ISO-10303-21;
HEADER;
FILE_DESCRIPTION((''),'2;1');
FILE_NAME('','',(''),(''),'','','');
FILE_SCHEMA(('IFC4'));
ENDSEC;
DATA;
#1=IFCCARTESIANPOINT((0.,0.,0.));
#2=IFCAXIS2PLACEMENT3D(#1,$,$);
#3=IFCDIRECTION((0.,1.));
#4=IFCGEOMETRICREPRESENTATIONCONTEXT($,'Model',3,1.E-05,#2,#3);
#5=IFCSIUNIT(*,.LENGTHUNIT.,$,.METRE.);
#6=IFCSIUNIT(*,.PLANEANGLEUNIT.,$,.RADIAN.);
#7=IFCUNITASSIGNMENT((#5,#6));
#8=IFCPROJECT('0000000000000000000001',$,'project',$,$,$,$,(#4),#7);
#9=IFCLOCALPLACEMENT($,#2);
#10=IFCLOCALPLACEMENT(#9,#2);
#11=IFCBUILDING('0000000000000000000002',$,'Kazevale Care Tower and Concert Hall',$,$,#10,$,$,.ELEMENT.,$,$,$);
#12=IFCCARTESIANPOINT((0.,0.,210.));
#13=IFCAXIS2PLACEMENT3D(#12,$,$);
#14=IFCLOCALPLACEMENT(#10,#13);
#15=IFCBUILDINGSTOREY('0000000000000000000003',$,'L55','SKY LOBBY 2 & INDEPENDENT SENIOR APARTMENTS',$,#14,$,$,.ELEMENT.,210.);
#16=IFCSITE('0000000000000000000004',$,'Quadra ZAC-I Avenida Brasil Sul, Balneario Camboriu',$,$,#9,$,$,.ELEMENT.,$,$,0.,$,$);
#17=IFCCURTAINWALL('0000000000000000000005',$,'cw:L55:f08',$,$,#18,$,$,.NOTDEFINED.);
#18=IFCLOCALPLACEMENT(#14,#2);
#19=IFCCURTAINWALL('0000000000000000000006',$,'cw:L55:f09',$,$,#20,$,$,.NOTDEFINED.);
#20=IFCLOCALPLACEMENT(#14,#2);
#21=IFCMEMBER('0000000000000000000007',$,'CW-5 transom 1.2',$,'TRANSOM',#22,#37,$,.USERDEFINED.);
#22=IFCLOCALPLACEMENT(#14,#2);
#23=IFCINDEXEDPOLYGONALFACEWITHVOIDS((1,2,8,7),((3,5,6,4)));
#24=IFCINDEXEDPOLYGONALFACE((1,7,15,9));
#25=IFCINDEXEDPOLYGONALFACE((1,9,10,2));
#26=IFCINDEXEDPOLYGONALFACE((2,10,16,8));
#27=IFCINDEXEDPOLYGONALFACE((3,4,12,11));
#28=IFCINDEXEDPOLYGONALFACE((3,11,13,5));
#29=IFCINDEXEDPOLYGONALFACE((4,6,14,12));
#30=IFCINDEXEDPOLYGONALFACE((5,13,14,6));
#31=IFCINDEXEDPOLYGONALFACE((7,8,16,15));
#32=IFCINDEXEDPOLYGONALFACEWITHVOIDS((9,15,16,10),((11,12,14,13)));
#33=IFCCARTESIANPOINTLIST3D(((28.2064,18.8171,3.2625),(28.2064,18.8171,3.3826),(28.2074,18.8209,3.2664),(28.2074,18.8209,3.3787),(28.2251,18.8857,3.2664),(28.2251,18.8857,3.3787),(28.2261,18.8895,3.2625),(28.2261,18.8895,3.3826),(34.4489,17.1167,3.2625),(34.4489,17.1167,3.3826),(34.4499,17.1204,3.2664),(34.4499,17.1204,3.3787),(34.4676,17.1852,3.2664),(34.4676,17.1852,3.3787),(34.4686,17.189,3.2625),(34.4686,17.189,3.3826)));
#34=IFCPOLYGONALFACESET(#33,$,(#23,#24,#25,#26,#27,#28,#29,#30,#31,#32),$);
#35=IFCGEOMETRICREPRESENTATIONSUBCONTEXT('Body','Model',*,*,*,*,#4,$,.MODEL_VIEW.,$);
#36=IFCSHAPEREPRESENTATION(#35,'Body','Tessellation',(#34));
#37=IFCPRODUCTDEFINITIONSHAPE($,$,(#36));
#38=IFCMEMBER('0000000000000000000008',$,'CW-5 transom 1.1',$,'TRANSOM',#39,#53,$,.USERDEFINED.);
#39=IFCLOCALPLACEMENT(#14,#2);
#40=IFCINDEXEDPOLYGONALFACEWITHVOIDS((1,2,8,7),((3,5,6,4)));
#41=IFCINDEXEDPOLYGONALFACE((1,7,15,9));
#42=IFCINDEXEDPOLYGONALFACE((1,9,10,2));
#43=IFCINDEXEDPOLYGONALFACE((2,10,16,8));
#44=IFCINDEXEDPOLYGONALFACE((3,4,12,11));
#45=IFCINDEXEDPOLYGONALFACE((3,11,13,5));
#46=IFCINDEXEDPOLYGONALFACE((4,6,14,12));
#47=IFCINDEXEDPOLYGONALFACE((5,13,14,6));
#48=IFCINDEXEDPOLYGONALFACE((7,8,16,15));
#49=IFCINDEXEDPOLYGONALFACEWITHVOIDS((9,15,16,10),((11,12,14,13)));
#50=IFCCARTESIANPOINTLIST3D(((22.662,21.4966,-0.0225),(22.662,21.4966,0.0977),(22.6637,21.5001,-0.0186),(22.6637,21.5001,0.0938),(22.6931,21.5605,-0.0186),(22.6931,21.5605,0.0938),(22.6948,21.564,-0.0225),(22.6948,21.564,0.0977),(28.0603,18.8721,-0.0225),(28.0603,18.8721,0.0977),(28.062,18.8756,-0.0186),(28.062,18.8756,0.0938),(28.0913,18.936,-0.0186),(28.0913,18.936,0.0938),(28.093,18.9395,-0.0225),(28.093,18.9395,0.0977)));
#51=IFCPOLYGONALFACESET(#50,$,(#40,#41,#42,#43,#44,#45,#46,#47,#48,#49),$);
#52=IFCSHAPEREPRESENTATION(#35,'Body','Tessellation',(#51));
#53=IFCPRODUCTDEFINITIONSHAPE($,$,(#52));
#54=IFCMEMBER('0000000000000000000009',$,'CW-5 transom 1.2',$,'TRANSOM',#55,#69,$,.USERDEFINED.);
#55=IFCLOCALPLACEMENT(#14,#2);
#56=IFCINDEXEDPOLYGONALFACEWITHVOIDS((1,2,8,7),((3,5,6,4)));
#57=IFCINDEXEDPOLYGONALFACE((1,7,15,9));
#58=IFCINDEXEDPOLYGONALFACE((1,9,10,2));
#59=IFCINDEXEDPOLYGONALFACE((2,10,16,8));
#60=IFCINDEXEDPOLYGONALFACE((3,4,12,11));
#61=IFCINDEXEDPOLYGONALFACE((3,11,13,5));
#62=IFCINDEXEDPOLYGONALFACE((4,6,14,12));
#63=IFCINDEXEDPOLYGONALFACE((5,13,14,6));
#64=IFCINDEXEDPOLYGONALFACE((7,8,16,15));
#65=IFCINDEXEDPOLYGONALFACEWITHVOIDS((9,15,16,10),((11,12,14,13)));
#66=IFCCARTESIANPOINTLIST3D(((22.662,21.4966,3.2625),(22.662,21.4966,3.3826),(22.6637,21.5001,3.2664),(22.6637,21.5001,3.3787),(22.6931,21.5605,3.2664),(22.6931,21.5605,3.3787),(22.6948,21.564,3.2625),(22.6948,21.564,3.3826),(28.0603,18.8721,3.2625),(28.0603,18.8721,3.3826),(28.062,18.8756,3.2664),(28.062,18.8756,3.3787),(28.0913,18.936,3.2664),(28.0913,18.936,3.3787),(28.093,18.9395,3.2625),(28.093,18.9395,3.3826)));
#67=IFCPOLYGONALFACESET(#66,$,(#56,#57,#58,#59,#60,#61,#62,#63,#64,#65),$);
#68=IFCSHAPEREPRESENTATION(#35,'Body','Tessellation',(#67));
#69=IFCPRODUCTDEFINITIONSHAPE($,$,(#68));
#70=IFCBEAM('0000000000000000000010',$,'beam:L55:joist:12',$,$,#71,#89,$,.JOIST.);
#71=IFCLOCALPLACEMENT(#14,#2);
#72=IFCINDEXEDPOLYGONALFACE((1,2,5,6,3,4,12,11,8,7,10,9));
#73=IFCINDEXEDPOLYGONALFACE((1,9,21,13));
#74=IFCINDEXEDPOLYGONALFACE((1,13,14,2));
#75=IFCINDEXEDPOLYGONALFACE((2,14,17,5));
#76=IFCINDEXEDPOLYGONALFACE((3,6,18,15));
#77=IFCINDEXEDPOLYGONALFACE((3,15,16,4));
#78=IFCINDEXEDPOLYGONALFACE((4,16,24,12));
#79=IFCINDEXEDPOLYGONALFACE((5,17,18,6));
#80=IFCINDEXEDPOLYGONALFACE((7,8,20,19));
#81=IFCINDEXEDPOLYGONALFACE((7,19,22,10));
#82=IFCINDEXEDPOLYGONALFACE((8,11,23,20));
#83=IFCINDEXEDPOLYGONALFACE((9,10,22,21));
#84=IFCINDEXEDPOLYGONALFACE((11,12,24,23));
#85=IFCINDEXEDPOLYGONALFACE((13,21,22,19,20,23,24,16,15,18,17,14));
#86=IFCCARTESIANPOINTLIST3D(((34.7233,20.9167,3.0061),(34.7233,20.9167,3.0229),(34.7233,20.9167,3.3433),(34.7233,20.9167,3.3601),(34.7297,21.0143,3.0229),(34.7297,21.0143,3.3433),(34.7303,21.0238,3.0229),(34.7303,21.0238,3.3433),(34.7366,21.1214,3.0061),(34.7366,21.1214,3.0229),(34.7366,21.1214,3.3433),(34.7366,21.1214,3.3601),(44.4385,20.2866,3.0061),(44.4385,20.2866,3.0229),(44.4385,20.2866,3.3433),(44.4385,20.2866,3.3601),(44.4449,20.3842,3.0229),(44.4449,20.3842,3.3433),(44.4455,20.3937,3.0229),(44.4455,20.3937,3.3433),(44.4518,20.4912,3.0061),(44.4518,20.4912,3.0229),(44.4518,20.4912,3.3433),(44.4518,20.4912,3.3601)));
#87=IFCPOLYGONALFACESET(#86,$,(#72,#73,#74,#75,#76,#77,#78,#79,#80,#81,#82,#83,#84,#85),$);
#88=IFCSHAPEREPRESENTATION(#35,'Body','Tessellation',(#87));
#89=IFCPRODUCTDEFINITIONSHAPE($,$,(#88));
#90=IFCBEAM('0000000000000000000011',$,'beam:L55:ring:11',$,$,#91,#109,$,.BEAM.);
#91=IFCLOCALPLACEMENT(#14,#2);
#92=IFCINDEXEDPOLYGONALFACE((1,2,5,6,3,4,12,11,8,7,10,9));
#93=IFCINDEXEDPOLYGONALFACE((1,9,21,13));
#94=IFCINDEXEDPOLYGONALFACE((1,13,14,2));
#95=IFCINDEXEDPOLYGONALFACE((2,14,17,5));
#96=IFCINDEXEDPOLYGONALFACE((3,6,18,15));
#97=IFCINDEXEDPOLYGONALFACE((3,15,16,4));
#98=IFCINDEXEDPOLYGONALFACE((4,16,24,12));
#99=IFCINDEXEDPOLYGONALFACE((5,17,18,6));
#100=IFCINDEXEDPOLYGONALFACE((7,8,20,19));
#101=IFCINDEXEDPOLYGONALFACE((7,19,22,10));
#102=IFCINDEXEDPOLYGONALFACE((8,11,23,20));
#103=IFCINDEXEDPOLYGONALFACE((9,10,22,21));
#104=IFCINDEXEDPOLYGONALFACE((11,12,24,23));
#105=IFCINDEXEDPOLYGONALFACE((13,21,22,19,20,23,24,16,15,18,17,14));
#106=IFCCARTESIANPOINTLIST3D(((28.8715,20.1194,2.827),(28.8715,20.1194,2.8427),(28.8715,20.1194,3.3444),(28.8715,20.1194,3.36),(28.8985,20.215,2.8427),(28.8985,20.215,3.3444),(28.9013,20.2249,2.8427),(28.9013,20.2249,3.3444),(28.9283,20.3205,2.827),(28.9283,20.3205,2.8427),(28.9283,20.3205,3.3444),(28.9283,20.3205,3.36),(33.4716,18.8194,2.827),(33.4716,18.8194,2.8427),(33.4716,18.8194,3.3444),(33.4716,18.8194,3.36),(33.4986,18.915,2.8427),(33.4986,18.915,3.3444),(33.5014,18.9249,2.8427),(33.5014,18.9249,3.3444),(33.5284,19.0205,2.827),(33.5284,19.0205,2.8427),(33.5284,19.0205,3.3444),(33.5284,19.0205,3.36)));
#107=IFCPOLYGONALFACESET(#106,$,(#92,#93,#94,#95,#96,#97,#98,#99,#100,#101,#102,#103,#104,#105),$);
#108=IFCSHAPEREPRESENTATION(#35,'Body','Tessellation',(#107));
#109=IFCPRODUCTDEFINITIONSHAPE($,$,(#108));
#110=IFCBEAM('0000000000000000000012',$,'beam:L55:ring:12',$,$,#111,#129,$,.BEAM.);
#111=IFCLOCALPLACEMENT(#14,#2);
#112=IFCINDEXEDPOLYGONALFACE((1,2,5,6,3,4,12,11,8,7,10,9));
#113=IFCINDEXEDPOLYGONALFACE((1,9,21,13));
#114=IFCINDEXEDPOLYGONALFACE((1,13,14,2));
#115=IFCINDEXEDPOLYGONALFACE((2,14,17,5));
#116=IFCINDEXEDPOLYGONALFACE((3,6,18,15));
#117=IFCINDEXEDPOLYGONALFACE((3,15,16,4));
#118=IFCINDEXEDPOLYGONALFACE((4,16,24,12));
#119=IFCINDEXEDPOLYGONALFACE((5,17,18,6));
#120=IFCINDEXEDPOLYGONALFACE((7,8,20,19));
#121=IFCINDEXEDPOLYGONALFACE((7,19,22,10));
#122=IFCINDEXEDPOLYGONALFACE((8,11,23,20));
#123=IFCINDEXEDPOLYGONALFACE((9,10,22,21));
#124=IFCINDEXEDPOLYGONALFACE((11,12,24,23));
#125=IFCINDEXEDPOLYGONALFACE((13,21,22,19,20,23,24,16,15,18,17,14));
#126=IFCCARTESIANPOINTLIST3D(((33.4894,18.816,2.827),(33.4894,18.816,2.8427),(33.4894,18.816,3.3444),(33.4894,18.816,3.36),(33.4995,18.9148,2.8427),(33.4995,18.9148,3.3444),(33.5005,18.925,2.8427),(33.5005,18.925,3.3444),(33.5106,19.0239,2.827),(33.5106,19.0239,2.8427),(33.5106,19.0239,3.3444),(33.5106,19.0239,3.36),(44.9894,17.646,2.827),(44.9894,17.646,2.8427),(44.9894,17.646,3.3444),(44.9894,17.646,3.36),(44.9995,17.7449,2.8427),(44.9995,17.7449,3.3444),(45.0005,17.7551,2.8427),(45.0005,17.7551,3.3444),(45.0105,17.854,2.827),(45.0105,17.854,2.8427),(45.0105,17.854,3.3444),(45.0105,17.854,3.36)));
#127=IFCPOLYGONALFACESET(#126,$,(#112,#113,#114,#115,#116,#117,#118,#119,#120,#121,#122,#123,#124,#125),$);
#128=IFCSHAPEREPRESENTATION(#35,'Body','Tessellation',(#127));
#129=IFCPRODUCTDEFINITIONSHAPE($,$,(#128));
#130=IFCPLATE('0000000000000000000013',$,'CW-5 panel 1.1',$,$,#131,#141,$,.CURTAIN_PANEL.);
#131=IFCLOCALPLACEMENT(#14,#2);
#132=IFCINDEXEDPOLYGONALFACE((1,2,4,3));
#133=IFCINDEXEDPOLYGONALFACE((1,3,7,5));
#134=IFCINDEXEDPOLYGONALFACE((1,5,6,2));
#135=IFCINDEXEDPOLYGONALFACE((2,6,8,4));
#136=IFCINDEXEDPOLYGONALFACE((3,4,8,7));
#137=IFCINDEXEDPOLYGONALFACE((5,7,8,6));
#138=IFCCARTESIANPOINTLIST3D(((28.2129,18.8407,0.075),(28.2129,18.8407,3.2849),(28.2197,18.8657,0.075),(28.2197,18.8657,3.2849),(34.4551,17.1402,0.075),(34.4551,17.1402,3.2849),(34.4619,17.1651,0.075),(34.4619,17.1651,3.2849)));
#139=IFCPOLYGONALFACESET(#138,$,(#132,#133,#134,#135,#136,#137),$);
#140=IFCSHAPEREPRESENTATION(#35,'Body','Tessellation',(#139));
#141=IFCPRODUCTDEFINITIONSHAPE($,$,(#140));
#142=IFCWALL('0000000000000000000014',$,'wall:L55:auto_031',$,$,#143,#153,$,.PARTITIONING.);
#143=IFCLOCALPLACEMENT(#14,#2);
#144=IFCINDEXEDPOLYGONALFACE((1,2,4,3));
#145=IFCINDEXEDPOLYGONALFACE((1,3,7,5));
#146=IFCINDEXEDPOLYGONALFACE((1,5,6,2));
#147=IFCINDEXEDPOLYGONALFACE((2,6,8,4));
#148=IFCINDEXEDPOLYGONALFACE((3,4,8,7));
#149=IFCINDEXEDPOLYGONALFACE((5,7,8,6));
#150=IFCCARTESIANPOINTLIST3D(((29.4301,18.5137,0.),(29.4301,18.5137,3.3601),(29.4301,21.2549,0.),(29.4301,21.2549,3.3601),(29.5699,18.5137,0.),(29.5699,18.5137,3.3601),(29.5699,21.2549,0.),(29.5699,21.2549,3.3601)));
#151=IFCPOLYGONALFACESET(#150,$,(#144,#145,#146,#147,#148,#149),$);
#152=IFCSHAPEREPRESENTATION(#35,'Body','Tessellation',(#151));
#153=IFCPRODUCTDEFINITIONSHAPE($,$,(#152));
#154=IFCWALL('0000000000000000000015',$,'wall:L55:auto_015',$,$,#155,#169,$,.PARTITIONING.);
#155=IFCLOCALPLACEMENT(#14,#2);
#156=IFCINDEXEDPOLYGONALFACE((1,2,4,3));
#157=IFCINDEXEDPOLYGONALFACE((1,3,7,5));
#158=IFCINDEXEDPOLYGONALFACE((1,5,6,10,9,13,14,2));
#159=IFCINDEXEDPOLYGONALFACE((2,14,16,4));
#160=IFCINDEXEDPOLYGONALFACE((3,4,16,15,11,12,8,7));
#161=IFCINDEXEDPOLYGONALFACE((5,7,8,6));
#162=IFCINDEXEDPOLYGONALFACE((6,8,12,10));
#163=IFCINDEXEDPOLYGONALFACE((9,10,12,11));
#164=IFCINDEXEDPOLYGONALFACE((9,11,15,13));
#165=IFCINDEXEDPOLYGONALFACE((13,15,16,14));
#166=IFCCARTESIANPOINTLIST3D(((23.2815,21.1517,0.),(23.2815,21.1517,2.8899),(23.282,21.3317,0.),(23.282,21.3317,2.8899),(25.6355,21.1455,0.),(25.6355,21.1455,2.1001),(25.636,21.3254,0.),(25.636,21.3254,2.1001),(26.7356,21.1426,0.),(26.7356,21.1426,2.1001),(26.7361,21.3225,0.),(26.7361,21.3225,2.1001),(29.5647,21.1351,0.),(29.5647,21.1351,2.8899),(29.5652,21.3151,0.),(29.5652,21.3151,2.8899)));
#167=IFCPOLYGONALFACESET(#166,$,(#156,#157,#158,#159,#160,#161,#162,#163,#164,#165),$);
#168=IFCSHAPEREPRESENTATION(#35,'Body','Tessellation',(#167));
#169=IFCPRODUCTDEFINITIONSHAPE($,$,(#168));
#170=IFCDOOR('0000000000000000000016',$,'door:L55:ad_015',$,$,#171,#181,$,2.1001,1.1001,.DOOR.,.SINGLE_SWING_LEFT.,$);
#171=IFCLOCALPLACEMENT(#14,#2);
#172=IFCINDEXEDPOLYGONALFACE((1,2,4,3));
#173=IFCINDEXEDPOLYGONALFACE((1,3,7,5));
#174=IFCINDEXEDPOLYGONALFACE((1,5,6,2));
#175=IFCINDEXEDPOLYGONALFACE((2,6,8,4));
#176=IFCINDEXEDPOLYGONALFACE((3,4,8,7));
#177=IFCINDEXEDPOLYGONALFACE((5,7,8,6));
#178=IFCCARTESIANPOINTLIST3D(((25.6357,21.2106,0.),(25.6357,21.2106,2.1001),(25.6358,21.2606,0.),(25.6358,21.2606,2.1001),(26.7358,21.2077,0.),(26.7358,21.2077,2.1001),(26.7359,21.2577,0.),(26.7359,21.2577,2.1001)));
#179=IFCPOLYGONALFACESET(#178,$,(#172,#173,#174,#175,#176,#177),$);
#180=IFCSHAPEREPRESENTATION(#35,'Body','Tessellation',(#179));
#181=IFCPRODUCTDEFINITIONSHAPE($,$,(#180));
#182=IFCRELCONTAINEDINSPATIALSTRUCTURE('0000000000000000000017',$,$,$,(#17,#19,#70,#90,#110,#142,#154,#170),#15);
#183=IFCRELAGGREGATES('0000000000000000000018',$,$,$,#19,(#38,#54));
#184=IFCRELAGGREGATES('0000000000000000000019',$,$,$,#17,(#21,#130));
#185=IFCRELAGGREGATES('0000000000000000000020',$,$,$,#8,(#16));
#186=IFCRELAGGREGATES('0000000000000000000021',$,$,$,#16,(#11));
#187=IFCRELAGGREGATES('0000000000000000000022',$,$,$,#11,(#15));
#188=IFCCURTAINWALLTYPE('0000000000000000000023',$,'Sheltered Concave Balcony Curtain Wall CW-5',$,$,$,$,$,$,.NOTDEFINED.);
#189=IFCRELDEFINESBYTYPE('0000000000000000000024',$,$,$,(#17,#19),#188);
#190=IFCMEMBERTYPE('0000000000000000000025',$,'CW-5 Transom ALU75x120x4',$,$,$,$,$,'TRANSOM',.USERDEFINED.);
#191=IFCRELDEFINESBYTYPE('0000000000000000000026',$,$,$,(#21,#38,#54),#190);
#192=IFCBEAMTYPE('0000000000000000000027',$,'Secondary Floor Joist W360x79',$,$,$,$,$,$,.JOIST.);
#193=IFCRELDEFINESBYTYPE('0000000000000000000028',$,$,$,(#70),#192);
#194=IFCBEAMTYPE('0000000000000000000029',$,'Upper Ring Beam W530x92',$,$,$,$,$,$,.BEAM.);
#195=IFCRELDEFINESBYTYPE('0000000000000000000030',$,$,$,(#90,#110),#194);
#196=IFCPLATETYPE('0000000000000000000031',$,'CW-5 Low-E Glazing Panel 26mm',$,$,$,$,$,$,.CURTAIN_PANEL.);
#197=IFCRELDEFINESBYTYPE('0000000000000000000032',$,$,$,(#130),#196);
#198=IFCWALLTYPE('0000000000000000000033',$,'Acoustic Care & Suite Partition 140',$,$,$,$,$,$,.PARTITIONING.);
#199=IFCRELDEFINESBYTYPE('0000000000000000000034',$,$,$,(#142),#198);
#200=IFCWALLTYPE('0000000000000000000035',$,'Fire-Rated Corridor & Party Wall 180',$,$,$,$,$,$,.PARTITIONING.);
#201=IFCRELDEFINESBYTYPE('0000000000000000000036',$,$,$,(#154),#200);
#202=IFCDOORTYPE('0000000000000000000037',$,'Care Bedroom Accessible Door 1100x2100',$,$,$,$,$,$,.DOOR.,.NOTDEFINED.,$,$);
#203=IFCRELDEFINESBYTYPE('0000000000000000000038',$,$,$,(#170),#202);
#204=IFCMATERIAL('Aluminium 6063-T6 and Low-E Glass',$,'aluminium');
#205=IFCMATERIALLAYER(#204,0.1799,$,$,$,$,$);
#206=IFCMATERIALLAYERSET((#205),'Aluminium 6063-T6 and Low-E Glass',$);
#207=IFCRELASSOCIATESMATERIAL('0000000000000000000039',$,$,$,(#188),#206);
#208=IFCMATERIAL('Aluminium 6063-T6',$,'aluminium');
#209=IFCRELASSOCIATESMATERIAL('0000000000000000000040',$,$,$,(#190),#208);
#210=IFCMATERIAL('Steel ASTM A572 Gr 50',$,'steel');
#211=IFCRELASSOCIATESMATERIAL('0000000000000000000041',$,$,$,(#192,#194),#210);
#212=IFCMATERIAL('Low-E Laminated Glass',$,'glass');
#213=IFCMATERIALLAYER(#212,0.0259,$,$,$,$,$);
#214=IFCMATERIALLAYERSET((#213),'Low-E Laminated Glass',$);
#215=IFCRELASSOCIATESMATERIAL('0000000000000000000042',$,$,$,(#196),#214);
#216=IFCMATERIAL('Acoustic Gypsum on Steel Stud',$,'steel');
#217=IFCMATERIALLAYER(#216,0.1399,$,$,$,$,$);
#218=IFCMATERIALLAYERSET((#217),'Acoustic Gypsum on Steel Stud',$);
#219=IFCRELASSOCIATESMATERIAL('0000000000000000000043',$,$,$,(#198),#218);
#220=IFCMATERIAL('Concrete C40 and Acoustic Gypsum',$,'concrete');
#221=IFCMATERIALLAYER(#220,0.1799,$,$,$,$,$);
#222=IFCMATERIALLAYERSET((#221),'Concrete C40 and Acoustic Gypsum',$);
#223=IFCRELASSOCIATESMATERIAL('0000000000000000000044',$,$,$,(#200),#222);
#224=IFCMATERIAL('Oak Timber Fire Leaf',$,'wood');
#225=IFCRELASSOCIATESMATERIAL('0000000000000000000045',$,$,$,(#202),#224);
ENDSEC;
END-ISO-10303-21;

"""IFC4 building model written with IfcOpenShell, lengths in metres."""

from ifc_helpers import new_model, si_unit, direction, frame, frame_2d, origin, origin_2d, place, context, subcontext, project, spatial, rectangle, hollow_rectangle, i_section, extrude, material, layer, layer_set, material_profile, profile_set, type_object, element, fill, aggregate, save


model = new_model("IFC4")

# Units and contexts
model_context = context("Model", 3, precision=1e-05, world=origin(), true_north=direction((0.0, 1.0)))
body_context = subcontext(model_context, "Body", "Model", "MODEL_VIEW")
ifc_project = project(units=[si_unit("LENGTHUNIT", "METRE"), si_unit("PLANEANGLEUNIT", "RADIAN")], contexts=[model_context])

# Site, building, storey
site_placement = place(None, origin())
site = spatial("IfcSite", under=ifc_project, at=site_placement, Name="Quadra ZAC-I Avenida Brasil Sul, Balneario Camboriu", CompositionType="ELEMENT", RefElevation=0.0)
building_placement = place(site_placement, origin())
building = spatial("IfcBuilding", under=site, at=building_placement, Name="Kazevale Care Tower and Concert Hall", CompositionType="ELEMENT")
storey_placement = place(building_placement, frame((0.0, 0.0, 210.0)))
storey = spatial("IfcBuildingStorey", under=building, at=storey_placement, Name="L55", Description="SKY LOBBY 2 & INDEPENDENT SENIOR APARTMENTS", CompositionType="ELEMENT", Elevation=210.0)

# Shared definitions
ifc_material_1 = material(Name="Aluminium 6063-T6 and Low-E Glass", Category="aluminium")
ifc_layer_1 = layer(ifc_material_1, 0.1799)
ifc_layer_set_1 = layer_set([ifc_layer_1], Name="Aluminium 6063-T6 and Low-E Glass")
curtain_wall_type = type_object("IfcCurtainWallType", Name="Sheltered Concave Balcony Curtain Wall CW-5", PredefinedType="NOTDEFINED", material=ifc_layer_set_1)
ifc_material_2 = material(Name="Aluminium 6063-T6", Category="aluminium")

# Curtain wall
curtain_wall_1_placement = place(storey_placement, origin())
curtain_wall_1 = element("IfcCurtainWall", 1, at=curtain_wall_1_placement, inside=storey, type_object=curtain_wall_type, Name="cw:L55:f08", PredefinedType="NOTDEFINED")

# Curtain wall
curtain_wall_2_placement = place(storey_placement, origin())
curtain_wall_2 = element("IfcCurtainWall", 2, at=curtain_wall_2_placement, inside=storey, type_object=curtain_wall_type, Name="cw:L55:f09", PredefinedType="NOTDEFINED")

# Members
ifc_material_profile_1 = material_profile(ifc_material_2, hollow_rectangle(XDim=0.075, YDim=0.1201, WallThickness=0.0039, at=origin_2d()), Name="ALU75x120x4")
ifc_profile_set_1 = profile_set([ifc_material_profile_1], Name="Aluminium 6063-T6")
member_type_1 = type_object("IfcMemberType", Name="CW-5 Transom ALU75x120x4", ElementType="TRANSOM", PredefinedType="USERDEFINED", material=ifc_profile_set_1)
member_1_placement = place(storey_placement, frame((34.4587, 17.1528, 3.3225), z_axis=(-0.964844, 0.262824, 0.0), x_axis=(-0.262824, -0.964844, 0.0)))
member_1 = element("IfcMember", 3, at=member_1_placement, type_object=member_type_1, Name="CW-5 transom 1.2", ObjectType="TRANSOM", PredefinedType="USERDEFINED", context=body_context, shape_type="SweptSolid", body=[
    extrude(hollow_rectangle(XDim=0.075, YDim=0.1201, WallThickness=0.0039, at=origin_2d()), origin(), (0.0, 0.0, 1.0), 6.47),
])
member_2_placement = place(storey_placement, frame((28.0767, 18.9058, 0.0376), z_axis=(-0.899342, 0.437245, 0.0), x_axis=(-0.437245, -0.899342, 0.0)))
member_2 = element("IfcMember", 4, at=member_2_placement, type_object=member_type_1, Name="CW-5 transom 1.1", ObjectType="TRANSOM", PredefinedType="USERDEFINED", context=body_context, shape_type="SweptSolid", body=[
    extrude(hollow_rectangle(XDim=0.075, YDim=0.1201, WallThickness=0.0039, at=origin_2d()), origin(), (0.0, 0.0, 1.0), 6.0024),
])
member_3_placement = place(storey_placement, frame((28.0767, 18.9058, 3.3225), z_axis=(-0.899342, 0.437245, 0.0), x_axis=(-0.437245, -0.899342, 0.0)))
member_3 = element("IfcMember", 5, at=member_3_placement, type_object=member_type_1, Name="CW-5 transom 1.2", ObjectType="TRANSOM", PredefinedType="USERDEFINED", context=body_context, shape_type="SweptSolid", body=[
    extrude(hollow_rectangle(XDim=0.075, YDim=0.1201, WallThickness=0.0039, at=origin_2d()), origin(), (0.0, 0.0, 1.0), 6.0024),
])
aggregate(curtain_wall_2, [member_2, member_3])

# Beams
ifc_material_3 = material(Name="Steel ASTM A572 Gr 50", Category="steel")
ifc_material_profile_2 = material_profile(ifc_material_3, i_section(OverallWidth=0.2051, OverallDepth=0.354, WebThickness=0.0095, FlangeThickness=0.0168, at=origin_2d()), Name="W360x79")
ifc_profile_set_2 = profile_set([ifc_material_profile_2], Name="Steel ASTM A572 Gr 50")
beam_type_1 = type_object("IfcBeamType", Name="Secondary Floor Joist W360x79", PredefinedType="JOIST", material=ifc_profile_set_2)
beam_1_placement = place(storey_placement, frame((34.73, 21.019, 3.1831), z_axis=(0.997903, -0.064725, 0.0), x_axis=(0.064725, 0.997903, 0.0)))
element("IfcBeam", 6, at=beam_1_placement, inside=storey, type_object=beam_type_1, Name="beam:L55:joist:12", PredefinedType="JOIST", context=body_context, shape_type="SweptSolid", body=[
    extrude(i_section(OverallWidth=0.2051, OverallDepth=0.354, WebThickness=0.0095, FlangeThickness=0.0168, at=origin_2d()), origin(), (0.0, 0.0, 1.0), 9.7356),
])
ifc_material_profile_3 = material_profile(ifc_material_3, i_section(OverallWidth=0.209, OverallDepth=0.533, WebThickness=0.0103, FlangeThickness=0.0156, at=origin_2d()), Name="W530x92")
ifc_profile_set_3 = profile_set([ifc_material_profile_3], Name="Steel ASTM A572 Gr 50")
beam_type_2 = type_object("IfcBeamType", Name="Upper Ring Beam W530x92", PredefinedType="BEAM", material=ifc_profile_set_3)
beam_2_placement = place(storey_placement, frame((28.8999, 20.22, 3.0935), z_axis=(0.962308, -0.271961, 0.0), x_axis=(0.271961, 0.962308, 0.0)))
element("IfcBeam", 7, at=beam_2_placement, inside=storey, type_object=beam_type_2, Name="beam:L55:ring:11", PredefinedType="BEAM", context=body_context, shape_type="SweptSolid", body=[
    extrude(i_section(OverallWidth=0.209, OverallDepth=0.533, WebThickness=0.0103, FlangeThickness=0.0156, at=origin_2d()), origin(), (0.0, 0.0, 1.0), 4.7803),
])
beam_3_placement = place(storey_placement, frame((33.5, 18.9199, 3.0935), z_axis=(0.994865, -0.10121, 0.0), x_axis=(0.10121, 0.994865, 0.0)))
element("IfcBeam", 8, at=beam_3_placement, inside=storey, type_object=beam_type_2, Name="beam:L55:ring:12", PredefinedType="BEAM", context=body_context, shape_type="SweptSolid", body=[
    extrude(i_section(OverallWidth=0.209, OverallDepth=0.533, WebThickness=0.0103, FlangeThickness=0.0156, at=origin_2d()), origin(), (0.0, 0.0, 1.0), 11.5593),
])

# Plate
ifc_material_4 = material(Name="Low-E Laminated Glass", Category="glass")
ifc_layer_2 = layer(ifc_material_4, 0.0259)
ifc_layer_set_2 = layer_set([ifc_layer_2], Name="Low-E Laminated Glass")
plate_type = type_object("IfcPlateType", Name="CW-5 Low-E Glazing Panel 26mm", PredefinedType="CURTAIN_PANEL", material=ifc_layer_set_2)
plate_placement = place(storey_placement, frame((31.3374, 18.0029, 0.075), z_axis=(0.0, 0.0, 1.0), x_axis=(-0.964837, 0.262849, 0.0)))
plate = element("IfcPlate", 9, at=plate_placement, type_object=plate_type, Name="CW-5 panel 1.1", PredefinedType="CURTAIN_PANEL", context=body_context, shape_type="SweptSolid", body=[
    extrude(rectangle(XDim=6.4697, YDim=0.0259, at=origin_2d()), origin(), (0.0, 0.0, 1.0), 3.21),
])
aggregate(curtain_wall_1, [member_1, plate])

# Wall
ifc_material_5 = material(Name="Acoustic Gypsum on Steel Stud", Category="steel")
ifc_layer_3 = layer(ifc_material_5, 0.1399)
ifc_layer_set_3 = layer_set([ifc_layer_3], Name="Acoustic Gypsum on Steel Stud")
wall_type_1 = type_object("IfcWallType", Name="Acoustic Care & Suite Partition 140", PredefinedType="PARTITIONING", material=ifc_layer_set_3)
wall_1_placement = place(storey_placement, frame((29.5, 21.2549, 0.0), z_axis=(0.0, 0.0, 1.0), x_axis=(0.0, -1.0, 0.0)))
element("IfcWall", 10, at=wall_1_placement, inside=storey, type_object=wall_type_1, Name="wall:L55:auto_031", PredefinedType="PARTITIONING", context=body_context, shape_type="SweptSolid", body=[
    extrude(rectangle(XDim=2.7412, YDim=0.1399, at=frame_2d((1.3706, 0.0))), origin(), (0.0, 0.0, 1.0), 3.3601),
])

# Wall, opening, door
ifc_material_6 = material(Name="Concrete C40 and Acoustic Gypsum", Category="concrete")
ifc_layer_4 = layer(ifc_material_6, 0.1799)
ifc_layer_set_4 = layer_set([ifc_layer_4], Name="Concrete C40 and Acoustic Gypsum")
wall_type_2 = type_object("IfcWallType", Name="Fire-Rated Corridor & Party Wall 180", PredefinedType="PARTITIONING", material=ifc_layer_set_4)
wall_2_placement = place(storey_placement, frame((29.5649, 21.2251, 0.0), z_axis=(0.0, 0.0, 1.0), x_axis=(-0.999997, 0.002642, 0.0)))
wall_2 = element("IfcWall", 11, at=wall_2_placement, inside=storey, type_object=wall_type_2, Name="wall:L55:auto_015", PredefinedType="PARTITIONING", context=body_context, shape_type="SweptSolid", body=[
    extrude(rectangle(XDim=6.2832, YDim=0.1799, at=frame_2d((3.1416, 0.0))), origin(), (0.0, 0.0, 1.0), 2.8899),
])
opening_placement = place(wall_2_placement, frame((2.8291, 0.0, 0.0)))
opening = element("IfcOpeningElement", 12, at=opening_placement, cuts=wall_2, PredefinedType="OPENING", context=body_context, shape_type="SweptSolid", body=[
    extrude(rectangle(XDim=1.1001, YDim=2.1001, at=frame_2d((0.55, 1.05))), frame((0.0, 0.0999, 0.0), z_axis=(0.0, -1.0, 0.0), x_axis=(1.0, 0.0, 0.0)), (0.0, 0.0, 1.0), 0.2),
])
ifc_material_7 = material(Name="Oak Timber Fire Leaf", Category="wood")
door_type = type_object("IfcDoorType", Name="Care Bedroom Accessible Door 1100x2100", OperationType="NOTDEFINED", PredefinedType="DOOR", material=ifc_material_7)
door_placement = place(opening_placement, origin())
door = element("IfcDoor", 13, at=door_placement, inside=storey, type_object=door_type, Name="door:L55:ad_015", OperationType="SINGLE_SWING_LEFT", OverallHeight=2.1001, OverallWidth=1.1001, PredefinedType="DOOR", context=body_context, shape_type="SweptSolid", body=[
    extrude(rectangle(XDim=1.1001, YDim=2.1001, at=frame_2d((0.55, 1.05))), frame((0.0, 0.0249, 0.0), z_axis=(0.0, -1.0, 0.0), x_axis=(1.0, 0.0, 0.0)), (0.0, 0.0, 1.0), 0.05),
])
fill(opening, door)

save(model, "model.ifc")
